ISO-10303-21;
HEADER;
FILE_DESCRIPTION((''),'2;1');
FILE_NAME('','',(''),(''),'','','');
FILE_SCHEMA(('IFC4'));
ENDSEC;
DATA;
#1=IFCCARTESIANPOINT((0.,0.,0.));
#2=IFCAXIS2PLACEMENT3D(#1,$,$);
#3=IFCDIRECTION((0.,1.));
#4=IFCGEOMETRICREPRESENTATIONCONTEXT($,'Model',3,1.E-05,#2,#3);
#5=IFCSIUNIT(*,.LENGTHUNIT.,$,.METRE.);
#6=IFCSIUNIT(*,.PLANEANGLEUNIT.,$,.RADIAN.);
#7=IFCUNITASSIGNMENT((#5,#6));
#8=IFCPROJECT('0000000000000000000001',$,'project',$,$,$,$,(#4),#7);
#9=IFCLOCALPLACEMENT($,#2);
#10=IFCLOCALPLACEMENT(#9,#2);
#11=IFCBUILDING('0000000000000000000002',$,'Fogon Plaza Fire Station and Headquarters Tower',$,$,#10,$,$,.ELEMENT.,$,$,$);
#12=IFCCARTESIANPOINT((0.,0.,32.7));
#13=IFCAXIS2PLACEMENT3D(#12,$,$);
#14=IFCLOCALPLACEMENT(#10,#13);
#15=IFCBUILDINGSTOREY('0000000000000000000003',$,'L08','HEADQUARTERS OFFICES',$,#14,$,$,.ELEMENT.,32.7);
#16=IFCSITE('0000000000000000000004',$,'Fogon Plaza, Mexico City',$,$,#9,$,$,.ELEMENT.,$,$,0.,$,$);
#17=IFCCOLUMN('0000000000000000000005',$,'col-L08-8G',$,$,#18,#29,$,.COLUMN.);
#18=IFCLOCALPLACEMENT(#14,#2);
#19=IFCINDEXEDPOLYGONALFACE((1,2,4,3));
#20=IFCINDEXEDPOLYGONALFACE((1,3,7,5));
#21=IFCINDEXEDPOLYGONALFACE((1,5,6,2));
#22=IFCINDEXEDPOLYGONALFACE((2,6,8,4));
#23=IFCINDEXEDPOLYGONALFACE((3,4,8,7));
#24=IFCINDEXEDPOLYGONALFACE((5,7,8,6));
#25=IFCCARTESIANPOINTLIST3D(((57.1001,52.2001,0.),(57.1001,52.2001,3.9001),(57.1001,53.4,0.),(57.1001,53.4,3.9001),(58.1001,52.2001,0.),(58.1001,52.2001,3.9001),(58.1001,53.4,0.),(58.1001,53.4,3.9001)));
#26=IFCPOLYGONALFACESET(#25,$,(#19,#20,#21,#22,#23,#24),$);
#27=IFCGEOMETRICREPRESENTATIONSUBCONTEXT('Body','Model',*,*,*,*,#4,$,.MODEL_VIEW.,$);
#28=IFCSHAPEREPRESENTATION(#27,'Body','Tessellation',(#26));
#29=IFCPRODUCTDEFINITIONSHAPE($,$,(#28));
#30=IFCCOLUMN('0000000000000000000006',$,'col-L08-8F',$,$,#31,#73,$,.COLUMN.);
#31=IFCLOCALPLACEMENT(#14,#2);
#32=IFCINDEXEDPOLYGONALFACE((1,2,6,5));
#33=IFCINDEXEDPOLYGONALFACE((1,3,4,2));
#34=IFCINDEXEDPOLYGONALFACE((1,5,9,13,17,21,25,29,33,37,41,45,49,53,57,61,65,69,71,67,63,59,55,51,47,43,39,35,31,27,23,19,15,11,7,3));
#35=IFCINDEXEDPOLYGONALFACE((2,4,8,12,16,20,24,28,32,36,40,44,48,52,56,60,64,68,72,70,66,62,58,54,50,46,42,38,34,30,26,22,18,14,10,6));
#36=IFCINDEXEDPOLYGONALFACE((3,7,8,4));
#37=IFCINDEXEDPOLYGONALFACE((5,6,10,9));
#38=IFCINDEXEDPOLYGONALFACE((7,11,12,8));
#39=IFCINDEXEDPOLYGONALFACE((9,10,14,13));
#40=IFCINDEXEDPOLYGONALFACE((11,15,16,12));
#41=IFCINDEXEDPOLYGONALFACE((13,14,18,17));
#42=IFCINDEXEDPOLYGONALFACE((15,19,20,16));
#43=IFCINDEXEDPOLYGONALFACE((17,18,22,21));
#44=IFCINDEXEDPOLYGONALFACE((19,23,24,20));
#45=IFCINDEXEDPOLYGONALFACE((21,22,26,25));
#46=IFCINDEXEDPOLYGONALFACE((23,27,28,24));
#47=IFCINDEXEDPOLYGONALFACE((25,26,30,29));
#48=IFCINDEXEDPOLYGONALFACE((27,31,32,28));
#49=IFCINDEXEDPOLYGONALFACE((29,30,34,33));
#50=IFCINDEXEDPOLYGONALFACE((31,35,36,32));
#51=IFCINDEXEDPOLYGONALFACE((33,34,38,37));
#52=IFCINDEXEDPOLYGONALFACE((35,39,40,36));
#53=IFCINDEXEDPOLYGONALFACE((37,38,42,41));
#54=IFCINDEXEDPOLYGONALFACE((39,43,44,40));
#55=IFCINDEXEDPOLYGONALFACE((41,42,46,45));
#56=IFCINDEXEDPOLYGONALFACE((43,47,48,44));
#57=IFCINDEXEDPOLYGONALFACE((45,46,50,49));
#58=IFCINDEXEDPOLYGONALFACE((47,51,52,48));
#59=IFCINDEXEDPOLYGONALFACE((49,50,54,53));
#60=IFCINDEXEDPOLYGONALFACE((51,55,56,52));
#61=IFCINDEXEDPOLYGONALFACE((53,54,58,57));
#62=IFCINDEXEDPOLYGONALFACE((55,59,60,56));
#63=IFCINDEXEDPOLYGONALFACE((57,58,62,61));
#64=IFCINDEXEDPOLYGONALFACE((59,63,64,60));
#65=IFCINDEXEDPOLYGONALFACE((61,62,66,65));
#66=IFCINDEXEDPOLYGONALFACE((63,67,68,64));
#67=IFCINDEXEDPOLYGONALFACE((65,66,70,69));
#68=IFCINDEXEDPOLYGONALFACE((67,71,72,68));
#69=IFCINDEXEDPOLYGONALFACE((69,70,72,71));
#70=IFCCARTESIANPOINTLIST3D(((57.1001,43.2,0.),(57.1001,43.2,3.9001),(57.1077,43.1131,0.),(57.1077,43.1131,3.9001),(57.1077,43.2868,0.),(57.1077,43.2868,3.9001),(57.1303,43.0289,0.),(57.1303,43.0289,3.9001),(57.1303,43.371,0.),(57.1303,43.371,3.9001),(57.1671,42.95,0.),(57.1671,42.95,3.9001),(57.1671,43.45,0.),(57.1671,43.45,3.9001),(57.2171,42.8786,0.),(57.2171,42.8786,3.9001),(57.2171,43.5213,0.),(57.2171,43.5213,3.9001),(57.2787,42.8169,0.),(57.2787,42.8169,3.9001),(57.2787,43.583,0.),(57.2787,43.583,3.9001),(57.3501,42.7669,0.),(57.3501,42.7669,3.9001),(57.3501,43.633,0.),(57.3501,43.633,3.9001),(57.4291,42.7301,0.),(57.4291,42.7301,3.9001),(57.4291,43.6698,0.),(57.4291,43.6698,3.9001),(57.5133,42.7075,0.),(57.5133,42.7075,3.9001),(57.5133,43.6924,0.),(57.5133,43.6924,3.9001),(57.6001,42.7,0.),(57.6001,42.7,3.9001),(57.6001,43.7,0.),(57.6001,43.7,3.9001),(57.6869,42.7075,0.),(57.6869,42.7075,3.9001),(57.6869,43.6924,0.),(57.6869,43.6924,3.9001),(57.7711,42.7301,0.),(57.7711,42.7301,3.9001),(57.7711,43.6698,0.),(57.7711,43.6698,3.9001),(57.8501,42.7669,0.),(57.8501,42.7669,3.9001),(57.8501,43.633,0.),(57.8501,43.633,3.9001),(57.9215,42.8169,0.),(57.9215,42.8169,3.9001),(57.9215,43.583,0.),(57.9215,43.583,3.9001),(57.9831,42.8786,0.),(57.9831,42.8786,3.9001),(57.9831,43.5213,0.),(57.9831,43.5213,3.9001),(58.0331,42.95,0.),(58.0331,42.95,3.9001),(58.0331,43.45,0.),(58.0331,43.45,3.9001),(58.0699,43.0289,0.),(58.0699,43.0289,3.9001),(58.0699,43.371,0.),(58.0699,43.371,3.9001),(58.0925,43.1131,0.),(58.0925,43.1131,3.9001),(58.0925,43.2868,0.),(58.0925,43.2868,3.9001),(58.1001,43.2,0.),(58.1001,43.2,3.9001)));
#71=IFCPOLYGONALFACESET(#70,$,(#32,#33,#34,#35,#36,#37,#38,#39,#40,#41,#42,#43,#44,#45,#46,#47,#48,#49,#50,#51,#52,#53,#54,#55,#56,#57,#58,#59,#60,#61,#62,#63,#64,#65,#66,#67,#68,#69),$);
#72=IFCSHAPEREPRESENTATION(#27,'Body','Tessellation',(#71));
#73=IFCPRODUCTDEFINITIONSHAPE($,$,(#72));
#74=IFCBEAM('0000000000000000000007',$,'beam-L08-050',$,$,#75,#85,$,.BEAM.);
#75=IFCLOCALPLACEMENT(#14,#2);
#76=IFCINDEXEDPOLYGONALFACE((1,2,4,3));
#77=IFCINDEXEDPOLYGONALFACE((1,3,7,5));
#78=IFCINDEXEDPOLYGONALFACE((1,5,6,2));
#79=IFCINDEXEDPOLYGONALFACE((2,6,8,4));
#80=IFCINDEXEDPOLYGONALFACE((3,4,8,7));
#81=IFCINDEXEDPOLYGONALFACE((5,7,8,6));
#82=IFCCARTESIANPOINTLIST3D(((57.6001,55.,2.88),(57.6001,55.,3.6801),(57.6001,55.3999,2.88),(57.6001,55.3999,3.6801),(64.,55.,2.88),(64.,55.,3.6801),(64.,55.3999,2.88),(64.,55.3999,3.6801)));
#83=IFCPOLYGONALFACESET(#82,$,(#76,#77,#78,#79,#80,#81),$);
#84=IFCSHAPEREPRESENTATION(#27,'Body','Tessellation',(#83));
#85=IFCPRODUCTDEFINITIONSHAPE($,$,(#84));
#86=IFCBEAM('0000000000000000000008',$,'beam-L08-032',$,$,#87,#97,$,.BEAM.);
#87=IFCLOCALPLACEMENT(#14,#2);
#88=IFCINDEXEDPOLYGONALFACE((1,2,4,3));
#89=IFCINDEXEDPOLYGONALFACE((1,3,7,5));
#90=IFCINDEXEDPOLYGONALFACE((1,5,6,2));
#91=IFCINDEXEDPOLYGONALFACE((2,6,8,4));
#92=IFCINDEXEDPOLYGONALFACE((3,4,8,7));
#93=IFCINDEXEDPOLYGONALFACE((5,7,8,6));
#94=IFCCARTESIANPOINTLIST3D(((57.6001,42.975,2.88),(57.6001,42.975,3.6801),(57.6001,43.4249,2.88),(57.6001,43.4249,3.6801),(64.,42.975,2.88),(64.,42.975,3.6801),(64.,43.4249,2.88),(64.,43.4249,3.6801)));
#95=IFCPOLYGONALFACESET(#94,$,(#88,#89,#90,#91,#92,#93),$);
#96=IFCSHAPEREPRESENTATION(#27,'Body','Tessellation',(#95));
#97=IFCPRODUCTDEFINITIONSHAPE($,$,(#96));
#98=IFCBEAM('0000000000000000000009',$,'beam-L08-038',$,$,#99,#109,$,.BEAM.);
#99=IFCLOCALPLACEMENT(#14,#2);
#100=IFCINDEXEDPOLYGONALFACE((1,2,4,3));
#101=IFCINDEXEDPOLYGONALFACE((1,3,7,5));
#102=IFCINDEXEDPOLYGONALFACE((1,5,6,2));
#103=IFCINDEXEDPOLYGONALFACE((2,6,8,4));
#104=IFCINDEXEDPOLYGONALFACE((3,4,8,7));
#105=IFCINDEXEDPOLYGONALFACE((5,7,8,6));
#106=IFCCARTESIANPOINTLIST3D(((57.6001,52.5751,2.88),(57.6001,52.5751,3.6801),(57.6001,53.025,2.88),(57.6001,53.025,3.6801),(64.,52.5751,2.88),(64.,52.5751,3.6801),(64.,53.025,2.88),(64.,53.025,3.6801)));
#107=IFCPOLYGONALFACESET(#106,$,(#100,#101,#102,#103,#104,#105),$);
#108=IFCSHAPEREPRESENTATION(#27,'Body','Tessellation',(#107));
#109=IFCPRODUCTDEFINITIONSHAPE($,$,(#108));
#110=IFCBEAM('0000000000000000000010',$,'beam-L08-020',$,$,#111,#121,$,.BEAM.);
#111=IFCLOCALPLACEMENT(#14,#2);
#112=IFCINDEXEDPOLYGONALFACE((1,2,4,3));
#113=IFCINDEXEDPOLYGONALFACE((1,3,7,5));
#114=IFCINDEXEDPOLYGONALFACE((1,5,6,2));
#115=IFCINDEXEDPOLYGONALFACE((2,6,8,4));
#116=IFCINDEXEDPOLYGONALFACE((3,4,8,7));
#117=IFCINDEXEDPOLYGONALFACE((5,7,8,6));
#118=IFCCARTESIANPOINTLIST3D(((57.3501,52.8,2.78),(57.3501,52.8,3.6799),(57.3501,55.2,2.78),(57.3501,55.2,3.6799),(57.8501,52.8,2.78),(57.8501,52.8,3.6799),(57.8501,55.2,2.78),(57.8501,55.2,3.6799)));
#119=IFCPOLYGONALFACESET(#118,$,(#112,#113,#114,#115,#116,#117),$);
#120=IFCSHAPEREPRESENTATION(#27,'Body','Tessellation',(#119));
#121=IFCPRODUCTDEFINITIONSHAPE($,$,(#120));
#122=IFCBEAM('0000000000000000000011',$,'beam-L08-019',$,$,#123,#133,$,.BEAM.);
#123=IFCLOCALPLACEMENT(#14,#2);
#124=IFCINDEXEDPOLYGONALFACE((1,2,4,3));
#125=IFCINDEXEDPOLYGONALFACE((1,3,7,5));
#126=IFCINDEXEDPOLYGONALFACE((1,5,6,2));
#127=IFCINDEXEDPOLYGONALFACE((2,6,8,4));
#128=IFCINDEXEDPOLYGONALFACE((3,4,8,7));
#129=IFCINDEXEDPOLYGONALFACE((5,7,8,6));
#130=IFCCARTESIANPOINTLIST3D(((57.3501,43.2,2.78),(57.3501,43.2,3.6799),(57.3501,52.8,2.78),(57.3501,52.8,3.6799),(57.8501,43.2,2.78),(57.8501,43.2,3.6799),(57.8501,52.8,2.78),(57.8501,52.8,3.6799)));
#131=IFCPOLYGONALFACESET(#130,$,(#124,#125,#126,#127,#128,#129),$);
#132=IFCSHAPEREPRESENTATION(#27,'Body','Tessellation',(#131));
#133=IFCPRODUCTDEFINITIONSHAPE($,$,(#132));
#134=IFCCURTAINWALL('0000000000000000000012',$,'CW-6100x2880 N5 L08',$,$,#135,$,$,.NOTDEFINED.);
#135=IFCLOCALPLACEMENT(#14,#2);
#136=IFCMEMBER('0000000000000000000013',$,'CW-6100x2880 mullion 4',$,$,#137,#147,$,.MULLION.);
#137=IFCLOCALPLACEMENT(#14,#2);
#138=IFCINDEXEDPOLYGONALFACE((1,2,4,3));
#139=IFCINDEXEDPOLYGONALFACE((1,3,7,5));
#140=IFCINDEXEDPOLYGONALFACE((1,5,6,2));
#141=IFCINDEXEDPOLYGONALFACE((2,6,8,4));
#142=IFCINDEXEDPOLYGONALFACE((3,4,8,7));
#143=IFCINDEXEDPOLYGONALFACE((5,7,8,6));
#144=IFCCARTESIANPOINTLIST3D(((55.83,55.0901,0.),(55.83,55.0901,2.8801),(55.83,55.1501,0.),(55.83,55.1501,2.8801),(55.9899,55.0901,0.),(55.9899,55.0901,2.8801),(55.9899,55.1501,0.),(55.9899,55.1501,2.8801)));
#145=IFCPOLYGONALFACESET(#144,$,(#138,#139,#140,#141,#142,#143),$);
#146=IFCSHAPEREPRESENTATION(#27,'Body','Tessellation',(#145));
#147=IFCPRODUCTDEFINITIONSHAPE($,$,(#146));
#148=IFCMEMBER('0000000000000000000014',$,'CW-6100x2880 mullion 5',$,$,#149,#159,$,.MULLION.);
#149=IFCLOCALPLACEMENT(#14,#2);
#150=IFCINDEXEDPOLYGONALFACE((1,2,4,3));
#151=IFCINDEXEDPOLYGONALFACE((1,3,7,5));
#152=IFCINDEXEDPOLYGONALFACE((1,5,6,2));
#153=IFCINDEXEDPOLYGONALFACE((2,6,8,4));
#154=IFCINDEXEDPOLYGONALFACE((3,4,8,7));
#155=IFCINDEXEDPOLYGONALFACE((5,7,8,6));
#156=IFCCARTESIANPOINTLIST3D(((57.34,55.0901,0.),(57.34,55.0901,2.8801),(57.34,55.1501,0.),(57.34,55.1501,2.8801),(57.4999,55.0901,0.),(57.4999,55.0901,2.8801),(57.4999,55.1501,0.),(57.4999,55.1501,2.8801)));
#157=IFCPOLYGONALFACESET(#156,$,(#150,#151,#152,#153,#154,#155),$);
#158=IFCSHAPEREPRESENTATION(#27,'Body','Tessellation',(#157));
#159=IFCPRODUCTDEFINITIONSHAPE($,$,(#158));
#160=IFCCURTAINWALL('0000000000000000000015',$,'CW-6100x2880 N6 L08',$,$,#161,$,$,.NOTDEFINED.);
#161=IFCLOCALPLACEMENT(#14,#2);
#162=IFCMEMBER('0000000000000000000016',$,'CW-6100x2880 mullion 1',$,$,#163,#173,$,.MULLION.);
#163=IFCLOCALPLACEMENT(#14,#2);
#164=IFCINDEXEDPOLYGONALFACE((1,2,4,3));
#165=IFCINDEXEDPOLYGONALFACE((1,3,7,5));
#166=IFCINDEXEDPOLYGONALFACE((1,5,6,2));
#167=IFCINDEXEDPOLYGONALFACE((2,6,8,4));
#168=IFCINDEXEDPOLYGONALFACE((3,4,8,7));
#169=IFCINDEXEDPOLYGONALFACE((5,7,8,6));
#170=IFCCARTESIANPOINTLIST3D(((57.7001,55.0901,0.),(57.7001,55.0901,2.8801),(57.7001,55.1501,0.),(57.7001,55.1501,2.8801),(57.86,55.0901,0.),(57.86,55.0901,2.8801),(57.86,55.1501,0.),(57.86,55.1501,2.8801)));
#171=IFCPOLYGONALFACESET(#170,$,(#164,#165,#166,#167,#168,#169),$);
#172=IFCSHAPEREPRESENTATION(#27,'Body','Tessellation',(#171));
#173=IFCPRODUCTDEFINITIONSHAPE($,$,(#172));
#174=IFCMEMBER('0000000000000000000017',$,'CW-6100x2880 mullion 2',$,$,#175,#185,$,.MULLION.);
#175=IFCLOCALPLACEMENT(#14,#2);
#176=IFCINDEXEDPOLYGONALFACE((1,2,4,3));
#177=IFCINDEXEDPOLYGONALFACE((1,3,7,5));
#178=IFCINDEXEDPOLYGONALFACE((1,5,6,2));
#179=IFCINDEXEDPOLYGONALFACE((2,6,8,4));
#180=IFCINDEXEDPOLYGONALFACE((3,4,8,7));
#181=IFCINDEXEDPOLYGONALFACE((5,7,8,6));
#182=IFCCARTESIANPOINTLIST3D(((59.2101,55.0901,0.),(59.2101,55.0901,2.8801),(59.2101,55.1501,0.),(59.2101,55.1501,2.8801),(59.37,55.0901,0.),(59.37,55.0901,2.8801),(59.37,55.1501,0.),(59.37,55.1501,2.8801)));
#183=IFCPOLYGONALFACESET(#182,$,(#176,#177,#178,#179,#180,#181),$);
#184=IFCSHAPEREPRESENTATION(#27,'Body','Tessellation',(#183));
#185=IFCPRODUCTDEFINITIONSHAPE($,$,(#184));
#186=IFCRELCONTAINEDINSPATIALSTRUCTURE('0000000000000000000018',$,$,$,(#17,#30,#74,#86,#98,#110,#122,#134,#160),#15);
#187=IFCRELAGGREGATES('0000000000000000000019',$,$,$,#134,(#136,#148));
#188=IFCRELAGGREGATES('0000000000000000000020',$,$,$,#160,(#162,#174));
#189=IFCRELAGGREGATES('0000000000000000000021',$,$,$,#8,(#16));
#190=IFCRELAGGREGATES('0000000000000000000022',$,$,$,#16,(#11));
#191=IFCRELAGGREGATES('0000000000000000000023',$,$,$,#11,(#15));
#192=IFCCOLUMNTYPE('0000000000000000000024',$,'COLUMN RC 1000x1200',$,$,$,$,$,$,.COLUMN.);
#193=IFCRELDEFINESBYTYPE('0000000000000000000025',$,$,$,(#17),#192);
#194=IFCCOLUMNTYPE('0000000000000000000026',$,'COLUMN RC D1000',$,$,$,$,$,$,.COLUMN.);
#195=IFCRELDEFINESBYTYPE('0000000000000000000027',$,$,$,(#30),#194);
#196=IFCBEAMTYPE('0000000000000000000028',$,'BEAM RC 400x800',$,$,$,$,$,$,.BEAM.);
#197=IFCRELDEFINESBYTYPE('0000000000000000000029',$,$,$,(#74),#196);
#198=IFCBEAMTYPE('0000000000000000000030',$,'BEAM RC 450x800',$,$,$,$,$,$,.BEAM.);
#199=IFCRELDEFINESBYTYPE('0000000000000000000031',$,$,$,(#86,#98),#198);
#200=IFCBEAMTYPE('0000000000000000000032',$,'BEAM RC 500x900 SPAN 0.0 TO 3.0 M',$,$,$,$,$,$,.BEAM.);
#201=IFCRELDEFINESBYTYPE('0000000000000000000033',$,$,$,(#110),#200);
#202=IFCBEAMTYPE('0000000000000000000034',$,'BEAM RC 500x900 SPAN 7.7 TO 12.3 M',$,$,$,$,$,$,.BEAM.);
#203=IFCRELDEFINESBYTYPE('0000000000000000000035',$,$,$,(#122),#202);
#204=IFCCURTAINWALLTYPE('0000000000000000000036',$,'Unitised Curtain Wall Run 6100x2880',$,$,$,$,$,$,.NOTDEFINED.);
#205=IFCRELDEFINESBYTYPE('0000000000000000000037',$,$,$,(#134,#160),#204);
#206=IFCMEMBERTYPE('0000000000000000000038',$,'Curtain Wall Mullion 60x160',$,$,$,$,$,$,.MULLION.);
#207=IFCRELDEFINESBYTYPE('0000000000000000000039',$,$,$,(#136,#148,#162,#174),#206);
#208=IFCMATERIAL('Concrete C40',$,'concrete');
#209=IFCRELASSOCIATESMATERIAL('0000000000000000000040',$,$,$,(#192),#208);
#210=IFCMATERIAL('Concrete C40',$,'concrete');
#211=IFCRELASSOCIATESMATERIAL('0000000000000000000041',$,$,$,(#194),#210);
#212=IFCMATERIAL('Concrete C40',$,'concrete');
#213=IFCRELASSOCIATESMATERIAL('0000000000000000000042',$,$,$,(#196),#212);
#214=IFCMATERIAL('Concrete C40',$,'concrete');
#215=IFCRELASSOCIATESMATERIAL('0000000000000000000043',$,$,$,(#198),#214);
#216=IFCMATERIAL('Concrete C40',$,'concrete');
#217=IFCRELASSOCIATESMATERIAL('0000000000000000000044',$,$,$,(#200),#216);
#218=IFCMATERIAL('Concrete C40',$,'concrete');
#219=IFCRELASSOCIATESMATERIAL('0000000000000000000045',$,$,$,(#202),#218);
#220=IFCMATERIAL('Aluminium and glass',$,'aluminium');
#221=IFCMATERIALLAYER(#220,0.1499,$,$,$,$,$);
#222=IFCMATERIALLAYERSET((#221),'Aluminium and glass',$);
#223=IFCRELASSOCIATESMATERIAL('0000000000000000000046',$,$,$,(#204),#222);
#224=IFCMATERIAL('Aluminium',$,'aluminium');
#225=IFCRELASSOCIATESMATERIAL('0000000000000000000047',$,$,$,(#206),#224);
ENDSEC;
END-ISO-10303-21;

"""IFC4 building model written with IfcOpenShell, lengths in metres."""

from ifc_helpers import new_model, si_unit, direction, frame, origin, origin_2d, place, context, subcontext, project, spatial, rectangle, circle, extrude, material, layer, layer_set, material_profile, profile_set, type_object, element, aggregate, save


model = new_model("IFC4")

# Units and contexts
model_context = context("Model", 3, precision=1e-05, world=origin(), true_north=direction((0.0, 1.0)))
body_context = subcontext(model_context, "Body", "Model", "MODEL_VIEW")
ifc_project = project(units=[si_unit("LENGTHUNIT", "METRE"), si_unit("PLANEANGLEUNIT", "RADIAN")], contexts=[model_context])

# Site, building, storey
site_placement = place(None, origin())
site = spatial("IfcSite", under=ifc_project, at=site_placement, Name="Fogon Plaza, Mexico City", CompositionType="ELEMENT", RefElevation=0.0)
building_placement = place(site_placement, origin())
building = spatial("IfcBuilding", under=site, at=building_placement, Name="Fogon Plaza Fire Station and Headquarters Tower", CompositionType="ELEMENT")
storey_placement = place(building_placement, frame((0.0, 0.0, 32.7)))
storey = spatial("IfcBuildingStorey", under=building, at=storey_placement, Name="L08", Description="HEADQUARTERS OFFICES", CompositionType="ELEMENT", Elevation=32.7)

# Columns
ifc_material_1 = material(Name="Concrete C40", Category="concrete")
ifc_material_profile_1 = material_profile(ifc_material_1, rectangle(XDim=1.0, YDim=1.2, at=origin_2d()), Name="RC 1000x1200")
ifc_profile_set_1 = profile_set([ifc_material_profile_1], Name="Concrete C40")
column_type_1 = type_object("IfcColumnType", Name="COLUMN RC 1000x1200", PredefinedType="COLUMN", material=ifc_profile_set_1)
column_1_placement = place(storey_placement, frame((57.6001, 52.8, 0.0), z_axis=(0.0, 0.0, 1.0), x_axis=(1.0, 0.0, 0.0)))
element("IfcColumn", 1, at=column_1_placement, inside=storey, type_object=column_type_1, Name="col-L08-8G", PredefinedType="COLUMN", context=body_context, shape_type="SweptSolid", body=[
    extrude(rectangle(XDim=1.0, YDim=1.2, at=origin_2d()), origin(), (0.0, 0.0, 1.0), 3.9001),
])
ifc_material_2 = material(Name="Concrete C40", Category="concrete")
ifc_material_profile_2 = material_profile(ifc_material_2, circle(Radius=0.5, at=origin_2d()), Name="RC D1000")
ifc_profile_set_2 = profile_set([ifc_material_profile_2], Name="Concrete C40")
column_type_2 = type_object("IfcColumnType", Name="COLUMN RC D1000", PredefinedType="COLUMN", material=ifc_profile_set_2)
column_2_placement = place(storey_placement, frame((57.6001, 43.2, 0.0), z_axis=(0.0, 0.0, 1.0), x_axis=(1.0, 0.0, 0.0)))
element("IfcColumn", 2, at=column_2_placement, inside=storey, type_object=column_type_2, Name="col-L08-8F", PredefinedType="COLUMN", context=body_context, shape_type="SweptSolid", body=[
    extrude(circle(Radius=0.5, at=origin_2d()), origin(), (0.0, 0.0, 1.0), 3.9001),
])

# Beams
ifc_material_3 = material(Name="Concrete C40", Category="concrete")
ifc_material_profile_3 = material_profile(ifc_material_3, rectangle(XDim=0.3999, YDim=0.8, at=origin_2d()), Name="RC 400x800")
ifc_profile_set_3 = profile_set([ifc_material_profile_3], Name="Concrete C40")
beam_type_1 = type_object("IfcBeamType", Name="BEAM RC 400x800", PredefinedType="BEAM", material=ifc_profile_set_3)
beam_1_placement = place(storey_placement, frame((57.6001, 55.2, 3.28), z_axis=(1.0, 0.0, 0.0), x_axis=(0.0, 1.0, 0.0)))
element("IfcBeam", 3, at=beam_1_placement, inside=storey, type_object=beam_type_1, Name="beam-L08-050", PredefinedType="BEAM", context=body_context, shape_type="SweptSolid", body=[
    extrude(rectangle(XDim=0.3999, YDim=0.8, at=origin_2d()), origin(), (0.0, 0.0, 1.0), 6.3999),
])
ifc_material_4 = material(Name="Concrete C40", Category="concrete")
ifc_material_profile_4 = material_profile(ifc_material_4, rectangle(XDim=0.45, YDim=0.8, at=origin_2d()), Name="RC 450x800")
ifc_profile_set_4 = profile_set([ifc_material_profile_4], Name="Concrete C40")
beam_type_2 = type_object("IfcBeamType", Name="BEAM RC 450x800", PredefinedType="BEAM", material=ifc_profile_set_4)
for number, where, z_axis, x_axis, name in (
    (4, (57.6001, 43.2, 3.28), (1.0, 0.0, 0.0), (0.0, 1.0, 0.0), "beam-L08-032"),
    (5, (57.6001, 52.8, 3.28), (1.0, 0.0, 0.0), (0.0, 1.0, 0.0), "beam-L08-038"),
):
    element("IfcBeam", number, at=place(storey_placement, frame(where, z_axis=z_axis, x_axis=x_axis)), inside=storey, type_object=beam_type_2, Name=name, PredefinedType="BEAM", context=body_context, shape_type="SweptSolid", body=[
        extrude(rectangle(XDim=0.45, YDim=0.8, at=origin_2d()), origin(), (0.0, 0.0, 1.0), 6.3999),
    ])
ifc_material_5 = material(Name="Concrete C40", Category="concrete")
ifc_material_profile_5 = material_profile(ifc_material_5, rectangle(XDim=0.5, YDim=0.8999, at=origin_2d()), Name="RC 500x900")
ifc_profile_set_5 = profile_set([ifc_material_profile_5], Name="Concrete C40")
beam_type_3 = type_object("IfcBeamType", Name="BEAM RC 500x900 SPAN 0.0 TO 3.0 M", PredefinedType="BEAM", material=ifc_profile_set_5)
beam_2_placement = place(storey_placement, frame((57.6001, 52.8, 3.23), z_axis=(0.0, 1.0, 0.0), x_axis=(-1.0, 0.0, 0.0)))
element("IfcBeam", 6, at=beam_2_placement, inside=storey, type_object=beam_type_3, Name="beam-L08-020", PredefinedType="BEAM", context=body_context, shape_type="SweptSolid", body=[
    extrude(rectangle(XDim=0.5, YDim=0.8999, at=origin_2d()), origin(), (0.0, 0.0, 1.0), 2.3999),
])
ifc_material_6 = material(Name="Concrete C40", Category="concrete")
ifc_material_profile_6 = material_profile(ifc_material_6, rectangle(XDim=0.5, YDim=0.8999, at=origin_2d()), Name="RC 500x900")
ifc_profile_set_6 = profile_set([ifc_material_profile_6], Name="Concrete C40")
beam_type_4 = type_object("IfcBeamType", Name="BEAM RC 500x900 SPAN 7.7 TO 12.3 M", PredefinedType="BEAM", material=ifc_profile_set_6)
beam_3_placement = place(storey_placement, frame((57.6001, 43.2, 3.23), z_axis=(0.0, 1.0, 0.0), x_axis=(-1.0, 0.0, 0.0)))
element("IfcBeam", 7, at=beam_3_placement, inside=storey, type_object=beam_type_4, Name="beam-L08-019", PredefinedType="BEAM", context=body_context, shape_type="SweptSolid", body=[
    extrude(rectangle(XDim=0.5, YDim=0.8999, at=origin_2d()), origin(), (0.0, 0.0, 1.0), 9.6001),
])

# Curtain walls, members
ifc_material_7 = material(Name="Aluminium and glass", Category="aluminium")
ifc_layer_1 = layer(ifc_material_7, 0.1499)
ifc_layer_set_1 = layer_set([ifc_layer_1], Name="Aluminium and glass")
curtain_wall_type = type_object("IfcCurtainWallType", Name="Unitised Curtain Wall Run 6100x2880", PredefinedType="NOTDEFINED", material=ifc_layer_set_1)
curtain_wall_1_placement = place(storey_placement, origin())
curtain_wall_1 = element("IfcCurtainWall", 8, at=curtain_wall_1_placement, inside=storey, type_object=curtain_wall_type, Name="CW-6100x2880 N5 L08", PredefinedType="NOTDEFINED")
ifc_material_8 = material(Name="Aluminium", Category="aluminium")
ifc_material_profile_7 = material_profile(ifc_material_8, rectangle(XDim=0.0601, YDim=0.1599, at=origin_2d()), Name="Curtain Wall Mullion 60x160")
ifc_profile_set_7 = profile_set([ifc_material_profile_7], Name="Aluminium")
member_type_1 = type_object("IfcMemberType", Name="Curtain Wall Mullion 60x160", PredefinedType="MULLION", material=ifc_profile_set_7)
member_1_placement = place(storey_placement, frame((55.9099, 55.1201, 0.0), z_axis=(0.0, 0.0, 1.0), x_axis=(0.0, 1.0, 0.0)))
member_1 = element("IfcMember", 9, at=member_1_placement, type_object=member_type_1, Name="CW-6100x2880 mullion 4", PredefinedType="MULLION", context=body_context, shape_type="SweptSolid", body=[
    extrude(rectangle(XDim=0.0601, YDim=0.1599, at=origin_2d()), origin(), (0.0, 0.0, 1.0), 2.8801),
])
member_2_placement = place(storey_placement, frame((57.4199, 55.1201, 0.0), z_axis=(0.0, 0.0, 1.0), x_axis=(0.0, 1.0, 0.0)))
member_2 = element("IfcMember", 10, at=member_2_placement, type_object=member_type_1, Name="CW-6100x2880 mullion 5", PredefinedType="MULLION", context=body_context, shape_type="SweptSolid", body=[
    extrude(rectangle(XDim=0.0601, YDim=0.1599, at=origin_2d()), origin(), (0.0, 0.0, 1.0), 2.8801),
])
curtain_wall_2_placement = place(storey_placement, origin())
curtain_wall_2 = element("IfcCurtainWall", 11, at=curtain_wall_2_placement, inside=storey, type_object=curtain_wall_type, Name="CW-6100x2880 N6 L08", PredefinedType="NOTDEFINED")
member_3_placement = place(storey_placement, frame((57.78, 55.1201, 0.0), z_axis=(0.0, 0.0, 1.0), x_axis=(0.0, 1.0, 0.0)))
member_3 = element("IfcMember", 12, at=member_3_placement, type_object=member_type_1, Name="CW-6100x2880 mullion 1", PredefinedType="MULLION", context=body_context, shape_type="SweptSolid", body=[
    extrude(rectangle(XDim=0.0601, YDim=0.1599, at=origin_2d()), origin(), (0.0, 0.0, 1.0), 2.8801),
])
member_4_placement = place(storey_placement, frame((59.29, 55.1201, 0.0), z_axis=(0.0, 0.0, 1.0), x_axis=(0.0, 1.0, 0.0)))
member_4 = element("IfcMember", 13, at=member_4_placement, type_object=member_type_1, Name="CW-6100x2880 mullion 2", PredefinedType="MULLION", context=body_context, shape_type="SweptSolid", body=[
    extrude(rectangle(XDim=0.0601, YDim=0.1599, at=origin_2d()), origin(), (0.0, 0.0, 1.0), 2.8801),
])

aggregate(curtain_wall_1, [member_1, member_2])
aggregate(curtain_wall_2, [member_3, member_4])

save(model, "model.ifc")
